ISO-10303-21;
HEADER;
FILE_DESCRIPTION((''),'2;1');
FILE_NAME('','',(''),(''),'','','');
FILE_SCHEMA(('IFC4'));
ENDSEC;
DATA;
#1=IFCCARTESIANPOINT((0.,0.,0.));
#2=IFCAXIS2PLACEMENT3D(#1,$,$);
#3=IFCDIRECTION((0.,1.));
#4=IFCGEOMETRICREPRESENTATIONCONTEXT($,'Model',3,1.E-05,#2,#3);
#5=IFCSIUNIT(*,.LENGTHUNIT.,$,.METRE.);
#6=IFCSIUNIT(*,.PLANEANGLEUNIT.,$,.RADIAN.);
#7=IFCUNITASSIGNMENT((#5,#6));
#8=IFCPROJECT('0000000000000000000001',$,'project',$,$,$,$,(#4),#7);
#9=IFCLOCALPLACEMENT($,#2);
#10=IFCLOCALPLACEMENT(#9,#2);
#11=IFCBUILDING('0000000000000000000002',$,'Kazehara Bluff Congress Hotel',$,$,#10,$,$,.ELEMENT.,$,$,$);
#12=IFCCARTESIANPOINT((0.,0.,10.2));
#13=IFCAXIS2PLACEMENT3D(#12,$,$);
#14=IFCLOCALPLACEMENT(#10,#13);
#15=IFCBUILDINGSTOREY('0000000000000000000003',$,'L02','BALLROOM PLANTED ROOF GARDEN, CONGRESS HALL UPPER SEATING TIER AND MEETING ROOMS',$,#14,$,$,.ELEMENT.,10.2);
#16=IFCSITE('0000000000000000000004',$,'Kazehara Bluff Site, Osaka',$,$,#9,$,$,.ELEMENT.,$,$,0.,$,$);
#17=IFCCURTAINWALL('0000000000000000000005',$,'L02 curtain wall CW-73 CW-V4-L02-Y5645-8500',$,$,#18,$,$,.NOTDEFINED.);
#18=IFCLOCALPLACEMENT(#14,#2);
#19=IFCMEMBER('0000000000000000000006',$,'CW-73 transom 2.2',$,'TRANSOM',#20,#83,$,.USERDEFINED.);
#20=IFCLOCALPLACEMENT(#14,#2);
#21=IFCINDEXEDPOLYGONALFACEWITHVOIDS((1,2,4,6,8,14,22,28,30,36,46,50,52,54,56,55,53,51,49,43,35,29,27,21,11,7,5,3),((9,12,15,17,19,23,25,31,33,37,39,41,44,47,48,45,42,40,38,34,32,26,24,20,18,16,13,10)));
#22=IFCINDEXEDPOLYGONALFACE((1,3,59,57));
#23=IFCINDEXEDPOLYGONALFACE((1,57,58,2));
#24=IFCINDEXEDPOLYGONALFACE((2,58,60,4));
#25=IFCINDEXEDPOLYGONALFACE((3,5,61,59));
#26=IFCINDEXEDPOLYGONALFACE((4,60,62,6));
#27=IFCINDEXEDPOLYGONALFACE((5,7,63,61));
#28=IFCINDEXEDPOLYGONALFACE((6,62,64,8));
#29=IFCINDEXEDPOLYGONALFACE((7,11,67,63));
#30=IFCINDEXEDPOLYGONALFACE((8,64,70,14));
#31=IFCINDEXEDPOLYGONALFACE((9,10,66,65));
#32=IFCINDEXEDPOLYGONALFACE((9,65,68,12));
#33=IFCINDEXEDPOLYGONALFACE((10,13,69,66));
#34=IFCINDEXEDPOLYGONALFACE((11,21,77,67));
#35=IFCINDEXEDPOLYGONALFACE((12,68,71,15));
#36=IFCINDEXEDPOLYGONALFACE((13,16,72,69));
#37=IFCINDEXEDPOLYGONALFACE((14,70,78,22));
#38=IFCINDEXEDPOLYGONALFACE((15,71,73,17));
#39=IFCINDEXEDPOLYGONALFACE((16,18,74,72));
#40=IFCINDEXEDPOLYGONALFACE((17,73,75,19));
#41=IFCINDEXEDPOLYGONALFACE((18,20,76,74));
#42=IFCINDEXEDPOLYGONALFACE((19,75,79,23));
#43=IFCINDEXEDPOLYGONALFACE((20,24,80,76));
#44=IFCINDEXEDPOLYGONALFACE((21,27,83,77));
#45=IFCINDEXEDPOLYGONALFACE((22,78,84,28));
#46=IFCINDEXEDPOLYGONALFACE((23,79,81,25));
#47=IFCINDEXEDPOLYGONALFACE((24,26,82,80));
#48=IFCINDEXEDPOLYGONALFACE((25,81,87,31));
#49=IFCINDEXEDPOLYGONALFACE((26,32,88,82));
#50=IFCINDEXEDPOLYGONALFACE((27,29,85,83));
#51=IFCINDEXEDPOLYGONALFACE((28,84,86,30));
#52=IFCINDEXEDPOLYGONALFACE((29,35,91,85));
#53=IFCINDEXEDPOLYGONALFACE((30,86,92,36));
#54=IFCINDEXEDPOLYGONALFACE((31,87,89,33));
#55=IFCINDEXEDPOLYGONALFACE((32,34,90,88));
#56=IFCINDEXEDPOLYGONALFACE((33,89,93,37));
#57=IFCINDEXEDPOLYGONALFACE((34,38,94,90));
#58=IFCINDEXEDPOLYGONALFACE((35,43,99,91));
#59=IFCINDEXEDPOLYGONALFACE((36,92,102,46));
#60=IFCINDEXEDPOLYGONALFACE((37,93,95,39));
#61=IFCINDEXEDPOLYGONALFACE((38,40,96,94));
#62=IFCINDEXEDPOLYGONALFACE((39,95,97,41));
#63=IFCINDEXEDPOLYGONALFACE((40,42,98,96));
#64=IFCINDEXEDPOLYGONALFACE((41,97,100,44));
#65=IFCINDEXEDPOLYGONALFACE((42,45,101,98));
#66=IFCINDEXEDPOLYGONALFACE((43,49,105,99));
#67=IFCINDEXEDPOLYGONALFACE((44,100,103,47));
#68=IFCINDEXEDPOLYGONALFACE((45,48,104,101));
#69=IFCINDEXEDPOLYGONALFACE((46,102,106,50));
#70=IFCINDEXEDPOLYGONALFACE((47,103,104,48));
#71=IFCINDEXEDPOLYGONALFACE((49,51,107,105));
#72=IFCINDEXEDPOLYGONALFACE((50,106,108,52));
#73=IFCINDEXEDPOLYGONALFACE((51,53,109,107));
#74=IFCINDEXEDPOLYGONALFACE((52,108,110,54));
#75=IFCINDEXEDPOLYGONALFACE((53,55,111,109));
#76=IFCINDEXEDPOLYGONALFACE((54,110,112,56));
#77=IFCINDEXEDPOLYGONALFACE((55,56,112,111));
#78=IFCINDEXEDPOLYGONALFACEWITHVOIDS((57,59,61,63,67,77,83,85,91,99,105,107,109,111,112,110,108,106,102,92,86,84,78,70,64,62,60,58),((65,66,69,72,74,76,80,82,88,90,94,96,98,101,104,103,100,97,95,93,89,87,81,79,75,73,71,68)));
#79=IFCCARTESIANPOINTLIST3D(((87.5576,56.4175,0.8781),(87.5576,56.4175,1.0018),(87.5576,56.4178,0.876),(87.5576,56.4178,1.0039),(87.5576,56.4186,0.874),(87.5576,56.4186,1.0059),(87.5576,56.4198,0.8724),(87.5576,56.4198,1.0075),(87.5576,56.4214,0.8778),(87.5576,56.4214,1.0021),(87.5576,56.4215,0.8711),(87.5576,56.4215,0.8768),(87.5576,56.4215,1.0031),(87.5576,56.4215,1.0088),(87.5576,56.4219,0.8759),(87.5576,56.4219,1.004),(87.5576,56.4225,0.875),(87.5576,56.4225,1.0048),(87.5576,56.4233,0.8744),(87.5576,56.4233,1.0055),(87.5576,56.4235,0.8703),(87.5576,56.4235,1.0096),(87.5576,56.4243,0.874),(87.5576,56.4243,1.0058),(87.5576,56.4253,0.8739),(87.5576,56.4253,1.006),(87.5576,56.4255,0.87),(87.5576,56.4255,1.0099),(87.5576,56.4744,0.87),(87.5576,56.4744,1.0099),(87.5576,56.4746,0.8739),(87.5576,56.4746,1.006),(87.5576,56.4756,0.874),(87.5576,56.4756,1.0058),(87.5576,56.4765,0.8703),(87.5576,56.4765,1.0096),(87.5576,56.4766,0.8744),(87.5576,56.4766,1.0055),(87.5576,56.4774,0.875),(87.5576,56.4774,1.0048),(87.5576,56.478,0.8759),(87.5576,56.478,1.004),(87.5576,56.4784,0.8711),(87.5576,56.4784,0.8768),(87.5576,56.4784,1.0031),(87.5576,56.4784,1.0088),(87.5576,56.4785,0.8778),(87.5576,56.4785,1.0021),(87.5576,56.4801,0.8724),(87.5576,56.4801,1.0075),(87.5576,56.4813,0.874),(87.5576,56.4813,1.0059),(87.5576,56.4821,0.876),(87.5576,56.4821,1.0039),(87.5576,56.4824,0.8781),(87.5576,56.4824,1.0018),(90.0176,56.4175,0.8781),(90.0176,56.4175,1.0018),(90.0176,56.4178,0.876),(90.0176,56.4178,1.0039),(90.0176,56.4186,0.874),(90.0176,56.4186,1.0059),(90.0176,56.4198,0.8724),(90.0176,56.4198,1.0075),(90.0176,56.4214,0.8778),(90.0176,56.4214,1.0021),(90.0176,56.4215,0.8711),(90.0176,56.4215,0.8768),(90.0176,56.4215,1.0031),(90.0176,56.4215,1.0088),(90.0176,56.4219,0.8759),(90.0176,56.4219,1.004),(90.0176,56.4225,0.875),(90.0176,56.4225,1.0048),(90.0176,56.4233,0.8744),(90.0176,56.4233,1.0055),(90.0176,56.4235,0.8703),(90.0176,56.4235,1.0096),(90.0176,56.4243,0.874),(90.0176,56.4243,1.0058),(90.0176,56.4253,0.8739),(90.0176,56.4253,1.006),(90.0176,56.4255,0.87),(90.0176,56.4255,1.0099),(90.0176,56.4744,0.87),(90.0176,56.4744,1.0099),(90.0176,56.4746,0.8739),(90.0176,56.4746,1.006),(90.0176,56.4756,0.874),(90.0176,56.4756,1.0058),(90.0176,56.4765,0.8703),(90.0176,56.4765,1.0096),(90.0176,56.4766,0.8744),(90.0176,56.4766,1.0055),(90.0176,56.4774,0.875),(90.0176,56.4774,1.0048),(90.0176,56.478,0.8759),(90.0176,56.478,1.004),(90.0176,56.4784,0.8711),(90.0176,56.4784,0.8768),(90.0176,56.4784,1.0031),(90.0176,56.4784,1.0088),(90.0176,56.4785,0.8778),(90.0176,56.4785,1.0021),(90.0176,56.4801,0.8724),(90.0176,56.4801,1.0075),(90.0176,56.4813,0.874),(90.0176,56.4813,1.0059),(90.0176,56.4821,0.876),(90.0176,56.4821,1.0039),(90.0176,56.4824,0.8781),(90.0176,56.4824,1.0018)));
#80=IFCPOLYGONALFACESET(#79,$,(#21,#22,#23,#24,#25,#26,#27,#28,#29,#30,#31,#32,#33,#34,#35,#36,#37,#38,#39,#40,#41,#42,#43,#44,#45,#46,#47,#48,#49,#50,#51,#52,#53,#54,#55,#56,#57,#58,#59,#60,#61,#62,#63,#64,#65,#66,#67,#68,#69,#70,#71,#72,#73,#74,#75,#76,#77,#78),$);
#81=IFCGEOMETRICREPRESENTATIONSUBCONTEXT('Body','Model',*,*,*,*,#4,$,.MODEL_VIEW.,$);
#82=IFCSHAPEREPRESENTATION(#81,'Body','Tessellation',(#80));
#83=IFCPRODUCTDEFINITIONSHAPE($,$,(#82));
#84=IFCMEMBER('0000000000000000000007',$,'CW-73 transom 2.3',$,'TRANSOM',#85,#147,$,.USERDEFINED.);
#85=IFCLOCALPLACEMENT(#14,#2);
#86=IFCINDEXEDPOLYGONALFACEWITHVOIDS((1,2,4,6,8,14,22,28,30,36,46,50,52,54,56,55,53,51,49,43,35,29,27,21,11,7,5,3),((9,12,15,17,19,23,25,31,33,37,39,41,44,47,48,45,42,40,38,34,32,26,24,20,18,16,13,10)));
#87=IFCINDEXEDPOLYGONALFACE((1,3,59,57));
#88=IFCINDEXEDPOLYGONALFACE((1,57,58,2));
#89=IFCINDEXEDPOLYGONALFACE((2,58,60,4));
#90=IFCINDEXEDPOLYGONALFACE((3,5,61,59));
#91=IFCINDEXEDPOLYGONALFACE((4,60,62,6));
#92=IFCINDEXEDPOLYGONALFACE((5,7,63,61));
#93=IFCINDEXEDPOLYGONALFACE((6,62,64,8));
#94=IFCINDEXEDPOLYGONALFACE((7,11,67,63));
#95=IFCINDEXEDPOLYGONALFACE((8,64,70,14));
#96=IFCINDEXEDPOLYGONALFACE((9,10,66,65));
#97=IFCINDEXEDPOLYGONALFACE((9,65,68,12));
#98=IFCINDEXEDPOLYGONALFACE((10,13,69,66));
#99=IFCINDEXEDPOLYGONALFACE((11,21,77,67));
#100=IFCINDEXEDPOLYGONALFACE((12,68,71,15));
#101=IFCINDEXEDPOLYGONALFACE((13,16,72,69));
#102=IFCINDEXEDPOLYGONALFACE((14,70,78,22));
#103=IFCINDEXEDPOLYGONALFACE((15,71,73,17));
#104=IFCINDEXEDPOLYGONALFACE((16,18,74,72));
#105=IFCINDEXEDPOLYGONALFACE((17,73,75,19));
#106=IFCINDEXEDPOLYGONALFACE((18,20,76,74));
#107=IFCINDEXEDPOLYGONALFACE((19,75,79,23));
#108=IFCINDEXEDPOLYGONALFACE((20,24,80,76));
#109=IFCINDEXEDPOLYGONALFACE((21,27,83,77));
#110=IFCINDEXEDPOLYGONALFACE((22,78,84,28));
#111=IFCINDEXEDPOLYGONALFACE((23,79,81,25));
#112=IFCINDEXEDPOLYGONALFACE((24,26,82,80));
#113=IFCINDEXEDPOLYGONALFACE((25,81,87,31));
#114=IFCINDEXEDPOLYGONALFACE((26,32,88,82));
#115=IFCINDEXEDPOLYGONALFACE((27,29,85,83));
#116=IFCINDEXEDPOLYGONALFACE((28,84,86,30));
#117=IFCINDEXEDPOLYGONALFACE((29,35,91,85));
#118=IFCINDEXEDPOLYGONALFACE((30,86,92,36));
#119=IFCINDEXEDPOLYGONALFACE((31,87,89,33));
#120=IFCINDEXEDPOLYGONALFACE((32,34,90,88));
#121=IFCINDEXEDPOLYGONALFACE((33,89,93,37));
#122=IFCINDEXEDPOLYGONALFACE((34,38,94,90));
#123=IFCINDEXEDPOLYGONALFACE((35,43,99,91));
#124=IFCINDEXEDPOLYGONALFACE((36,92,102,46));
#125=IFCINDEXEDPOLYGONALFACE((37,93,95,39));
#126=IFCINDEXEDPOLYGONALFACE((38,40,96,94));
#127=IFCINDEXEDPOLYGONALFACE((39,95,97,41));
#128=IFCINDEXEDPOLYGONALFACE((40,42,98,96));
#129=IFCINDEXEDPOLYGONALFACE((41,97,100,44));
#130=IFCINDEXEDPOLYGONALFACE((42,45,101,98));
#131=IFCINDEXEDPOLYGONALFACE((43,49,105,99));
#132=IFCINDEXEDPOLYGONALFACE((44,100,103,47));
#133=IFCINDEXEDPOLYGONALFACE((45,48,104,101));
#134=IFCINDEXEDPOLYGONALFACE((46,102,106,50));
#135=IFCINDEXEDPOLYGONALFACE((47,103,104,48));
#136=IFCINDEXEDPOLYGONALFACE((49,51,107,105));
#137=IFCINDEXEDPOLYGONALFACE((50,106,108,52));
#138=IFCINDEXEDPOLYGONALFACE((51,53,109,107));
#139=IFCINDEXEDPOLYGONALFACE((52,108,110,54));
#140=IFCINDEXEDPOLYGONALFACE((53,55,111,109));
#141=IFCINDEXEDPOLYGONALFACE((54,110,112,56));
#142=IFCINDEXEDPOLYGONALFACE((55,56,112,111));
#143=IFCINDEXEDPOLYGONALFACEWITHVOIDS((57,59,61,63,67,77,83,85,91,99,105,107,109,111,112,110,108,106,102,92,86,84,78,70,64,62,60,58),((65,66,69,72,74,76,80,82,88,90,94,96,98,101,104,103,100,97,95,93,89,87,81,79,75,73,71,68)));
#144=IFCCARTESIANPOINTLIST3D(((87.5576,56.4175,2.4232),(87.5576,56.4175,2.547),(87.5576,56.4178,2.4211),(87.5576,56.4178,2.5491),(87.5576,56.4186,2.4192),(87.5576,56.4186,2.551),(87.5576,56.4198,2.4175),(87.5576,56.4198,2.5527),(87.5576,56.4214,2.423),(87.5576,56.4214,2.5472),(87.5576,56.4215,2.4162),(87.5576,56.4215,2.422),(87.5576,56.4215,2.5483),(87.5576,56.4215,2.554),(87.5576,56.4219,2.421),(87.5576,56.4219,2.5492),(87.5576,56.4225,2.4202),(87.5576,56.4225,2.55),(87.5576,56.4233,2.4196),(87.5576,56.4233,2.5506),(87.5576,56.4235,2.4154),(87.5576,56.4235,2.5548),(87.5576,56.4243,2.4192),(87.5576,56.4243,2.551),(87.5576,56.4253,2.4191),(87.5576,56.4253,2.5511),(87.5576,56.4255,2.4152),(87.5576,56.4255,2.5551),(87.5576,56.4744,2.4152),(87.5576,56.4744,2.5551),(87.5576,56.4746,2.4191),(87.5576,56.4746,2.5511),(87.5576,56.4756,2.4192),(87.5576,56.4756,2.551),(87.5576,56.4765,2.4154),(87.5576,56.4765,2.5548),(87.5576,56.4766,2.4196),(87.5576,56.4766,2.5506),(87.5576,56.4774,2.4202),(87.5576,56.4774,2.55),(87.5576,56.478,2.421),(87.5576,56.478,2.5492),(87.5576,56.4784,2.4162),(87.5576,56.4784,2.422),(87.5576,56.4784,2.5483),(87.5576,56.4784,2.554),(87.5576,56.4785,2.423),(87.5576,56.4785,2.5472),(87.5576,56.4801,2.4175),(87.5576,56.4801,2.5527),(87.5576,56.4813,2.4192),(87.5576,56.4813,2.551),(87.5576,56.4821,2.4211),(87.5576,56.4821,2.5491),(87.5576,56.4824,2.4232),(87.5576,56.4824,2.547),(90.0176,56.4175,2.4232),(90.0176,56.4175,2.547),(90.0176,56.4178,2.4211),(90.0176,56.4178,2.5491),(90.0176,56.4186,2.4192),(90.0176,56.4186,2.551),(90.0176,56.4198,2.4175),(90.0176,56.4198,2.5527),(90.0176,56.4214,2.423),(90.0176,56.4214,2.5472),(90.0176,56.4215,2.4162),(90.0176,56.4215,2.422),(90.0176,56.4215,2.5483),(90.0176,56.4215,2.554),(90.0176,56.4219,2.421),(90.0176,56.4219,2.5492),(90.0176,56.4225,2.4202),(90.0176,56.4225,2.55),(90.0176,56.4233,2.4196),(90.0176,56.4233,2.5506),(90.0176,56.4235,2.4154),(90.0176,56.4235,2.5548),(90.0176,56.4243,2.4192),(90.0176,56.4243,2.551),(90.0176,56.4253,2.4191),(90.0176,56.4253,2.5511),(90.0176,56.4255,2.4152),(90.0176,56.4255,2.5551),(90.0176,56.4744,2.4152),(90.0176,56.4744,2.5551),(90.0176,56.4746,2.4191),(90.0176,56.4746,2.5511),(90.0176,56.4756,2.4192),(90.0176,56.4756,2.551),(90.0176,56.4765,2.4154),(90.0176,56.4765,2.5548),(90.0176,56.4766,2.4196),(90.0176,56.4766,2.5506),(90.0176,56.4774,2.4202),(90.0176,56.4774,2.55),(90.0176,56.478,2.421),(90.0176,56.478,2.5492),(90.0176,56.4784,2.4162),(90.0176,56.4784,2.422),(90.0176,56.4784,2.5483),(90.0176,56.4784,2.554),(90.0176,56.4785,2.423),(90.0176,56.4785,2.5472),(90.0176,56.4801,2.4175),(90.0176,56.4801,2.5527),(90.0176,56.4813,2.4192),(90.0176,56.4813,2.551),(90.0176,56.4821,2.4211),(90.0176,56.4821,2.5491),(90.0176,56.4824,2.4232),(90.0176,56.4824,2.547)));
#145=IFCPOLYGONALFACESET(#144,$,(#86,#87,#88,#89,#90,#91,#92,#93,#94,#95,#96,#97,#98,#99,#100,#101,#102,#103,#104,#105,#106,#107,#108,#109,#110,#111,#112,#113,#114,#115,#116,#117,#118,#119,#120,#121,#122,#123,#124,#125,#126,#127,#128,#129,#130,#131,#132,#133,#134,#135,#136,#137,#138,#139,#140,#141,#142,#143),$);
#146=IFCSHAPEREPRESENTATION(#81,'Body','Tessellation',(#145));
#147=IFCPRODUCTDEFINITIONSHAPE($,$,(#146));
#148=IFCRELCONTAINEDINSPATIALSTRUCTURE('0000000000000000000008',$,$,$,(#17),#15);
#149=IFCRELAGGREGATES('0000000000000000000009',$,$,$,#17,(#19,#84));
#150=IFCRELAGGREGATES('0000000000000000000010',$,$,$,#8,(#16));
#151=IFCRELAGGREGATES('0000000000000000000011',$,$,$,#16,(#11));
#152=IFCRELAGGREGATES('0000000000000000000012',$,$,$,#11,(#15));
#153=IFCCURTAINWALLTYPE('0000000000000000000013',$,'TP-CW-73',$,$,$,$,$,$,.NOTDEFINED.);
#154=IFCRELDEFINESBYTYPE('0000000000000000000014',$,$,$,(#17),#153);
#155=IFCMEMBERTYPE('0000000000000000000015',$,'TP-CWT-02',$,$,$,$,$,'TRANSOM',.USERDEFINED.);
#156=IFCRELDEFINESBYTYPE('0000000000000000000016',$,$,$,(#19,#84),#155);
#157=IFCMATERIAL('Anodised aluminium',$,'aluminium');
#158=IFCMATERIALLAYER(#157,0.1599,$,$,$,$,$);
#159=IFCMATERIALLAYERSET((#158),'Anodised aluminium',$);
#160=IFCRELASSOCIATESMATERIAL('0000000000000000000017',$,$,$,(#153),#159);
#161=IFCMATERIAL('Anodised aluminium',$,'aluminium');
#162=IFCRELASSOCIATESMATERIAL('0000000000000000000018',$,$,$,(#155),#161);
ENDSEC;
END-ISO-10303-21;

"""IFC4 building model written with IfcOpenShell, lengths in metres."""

from ifc_helpers import new_model, si_unit, direction, frame, origin, origin_2d, place, context, subcontext, project, spatial, hollow_rectangle, extrude, material, layer, layer_set, material_profile, profile_set, type_object, element, aggregate, save


model = new_model("IFC4")

# Units and contexts
model_context = context("Model", 3, precision=1e-05, world=origin(), true_north=direction((0.0, 1.0)))
body_context = subcontext(model_context, "Body", "Model", "MODEL_VIEW")
ifc_project = project(units=[si_unit("LENGTHUNIT", "METRE"), si_unit("PLANEANGLEUNIT", "RADIAN")], contexts=[model_context])

# Site, building, storey
site_placement = place(None, origin())
site = spatial("IfcSite", under=ifc_project, at=site_placement, Name="Kazehara Bluff Site, Osaka", CompositionType="ELEMENT", RefElevation=0.0)
building_placement = place(site_placement, origin())
building = spatial("IfcBuilding", under=site, at=building_placement, Name="Kazehara Bluff Congress Hotel", CompositionType="ELEMENT")
storey_placement = place(building_placement, frame((0.0, 0.0, 10.2)))
storey = spatial("IfcBuildingStorey", under=building, at=storey_placement, Name="L02", Description="BALLROOM PLANTED ROOF GARDEN, CONGRESS HALL UPPER SEATING TIER AND MEETING ROOMS", CompositionType="ELEMENT", Elevation=10.2)

# Curtain wall, members
ifc_material_1 = material(Name="Anodised aluminium", Category="aluminium")
ifc_layer_1 = layer(ifc_material_1, 0.1599)
ifc_layer_set_1 = layer_set([ifc_layer_1], Name="Anodised aluminium")
curtain_wall_type = type_object("IfcCurtainWallType", Name="TP-CW-73", PredefinedType="NOTDEFINED", material=ifc_layer_set_1)
curtain_wall_placement = place(storey_placement, origin())
curtain_wall = element("IfcCurtainWall", 1, at=curtain_wall_placement, inside=storey, type_object=curtain_wall_type, Name="L02 curtain wall CW-73 CW-V4-L02-Y5645-8500", PredefinedType="NOTDEFINED")
ifc_material_2 = material(Name="Anodised aluminium", Category="aluminium")
ifc_material_profile_1 = material_profile(ifc_material_2, hollow_rectangle(XDim=0.0649, YDim=0.1399, WallThickness=0.0039, InnerFilletRadius=0.0039, OuterFilletRadius=0.0081, at=origin_2d()))
ifc_profile_set_1 = profile_set([ifc_material_profile_1], Name="Anodised aluminium")
member_type_1 = type_object("IfcMemberType", Name="TP-CWT-02", ElementType="TRANSOM", PredefinedType="USERDEFINED", material=ifc_profile_set_1)
member_1_placement = place(storey_placement, frame((87.5576, 56.45, 0.9399), z_axis=(1.0, 0.0, 0.0), x_axis=(0.0, 1.0, 0.0)))
member_1 = element("IfcMember", 2, at=member_1_placement, type_object=member_type_1, Name="CW-73 transom 2.2", ObjectType="TRANSOM", PredefinedType="USERDEFINED", context=body_context, shape_type="SweptSolid", body=[
    extrude(hollow_rectangle(XDim=0.0649, YDim=0.1399, WallThickness=0.0039, InnerFilletRadius=0.0039, OuterFilletRadius=0.0081, at=origin_2d()), origin(), (0.0, 0.0, 1.0), 2.46),
])
member_2_placement = place(storey_placement, frame((87.5576, 56.45, 2.4851), z_axis=(1.0, 0.0, 0.0), x_axis=(0.0, 1.0, 0.0)))
member_2 = element("IfcMember", 3, at=member_2_placement, type_object=member_type_1, Name="CW-73 transom 2.3", ObjectType="TRANSOM", PredefinedType="USERDEFINED", context=body_context, shape_type="SweptSolid", body=[
    extrude(hollow_rectangle(XDim=0.0649, YDim=0.1399, WallThickness=0.0039, InnerFilletRadius=0.0039, OuterFilletRadius=0.0081, at=origin_2d()), origin(), (0.0, 0.0, 1.0), 2.46),
])
aggregate(curtain_wall, [member_1, member_2])

save(model, "model.ifc")
